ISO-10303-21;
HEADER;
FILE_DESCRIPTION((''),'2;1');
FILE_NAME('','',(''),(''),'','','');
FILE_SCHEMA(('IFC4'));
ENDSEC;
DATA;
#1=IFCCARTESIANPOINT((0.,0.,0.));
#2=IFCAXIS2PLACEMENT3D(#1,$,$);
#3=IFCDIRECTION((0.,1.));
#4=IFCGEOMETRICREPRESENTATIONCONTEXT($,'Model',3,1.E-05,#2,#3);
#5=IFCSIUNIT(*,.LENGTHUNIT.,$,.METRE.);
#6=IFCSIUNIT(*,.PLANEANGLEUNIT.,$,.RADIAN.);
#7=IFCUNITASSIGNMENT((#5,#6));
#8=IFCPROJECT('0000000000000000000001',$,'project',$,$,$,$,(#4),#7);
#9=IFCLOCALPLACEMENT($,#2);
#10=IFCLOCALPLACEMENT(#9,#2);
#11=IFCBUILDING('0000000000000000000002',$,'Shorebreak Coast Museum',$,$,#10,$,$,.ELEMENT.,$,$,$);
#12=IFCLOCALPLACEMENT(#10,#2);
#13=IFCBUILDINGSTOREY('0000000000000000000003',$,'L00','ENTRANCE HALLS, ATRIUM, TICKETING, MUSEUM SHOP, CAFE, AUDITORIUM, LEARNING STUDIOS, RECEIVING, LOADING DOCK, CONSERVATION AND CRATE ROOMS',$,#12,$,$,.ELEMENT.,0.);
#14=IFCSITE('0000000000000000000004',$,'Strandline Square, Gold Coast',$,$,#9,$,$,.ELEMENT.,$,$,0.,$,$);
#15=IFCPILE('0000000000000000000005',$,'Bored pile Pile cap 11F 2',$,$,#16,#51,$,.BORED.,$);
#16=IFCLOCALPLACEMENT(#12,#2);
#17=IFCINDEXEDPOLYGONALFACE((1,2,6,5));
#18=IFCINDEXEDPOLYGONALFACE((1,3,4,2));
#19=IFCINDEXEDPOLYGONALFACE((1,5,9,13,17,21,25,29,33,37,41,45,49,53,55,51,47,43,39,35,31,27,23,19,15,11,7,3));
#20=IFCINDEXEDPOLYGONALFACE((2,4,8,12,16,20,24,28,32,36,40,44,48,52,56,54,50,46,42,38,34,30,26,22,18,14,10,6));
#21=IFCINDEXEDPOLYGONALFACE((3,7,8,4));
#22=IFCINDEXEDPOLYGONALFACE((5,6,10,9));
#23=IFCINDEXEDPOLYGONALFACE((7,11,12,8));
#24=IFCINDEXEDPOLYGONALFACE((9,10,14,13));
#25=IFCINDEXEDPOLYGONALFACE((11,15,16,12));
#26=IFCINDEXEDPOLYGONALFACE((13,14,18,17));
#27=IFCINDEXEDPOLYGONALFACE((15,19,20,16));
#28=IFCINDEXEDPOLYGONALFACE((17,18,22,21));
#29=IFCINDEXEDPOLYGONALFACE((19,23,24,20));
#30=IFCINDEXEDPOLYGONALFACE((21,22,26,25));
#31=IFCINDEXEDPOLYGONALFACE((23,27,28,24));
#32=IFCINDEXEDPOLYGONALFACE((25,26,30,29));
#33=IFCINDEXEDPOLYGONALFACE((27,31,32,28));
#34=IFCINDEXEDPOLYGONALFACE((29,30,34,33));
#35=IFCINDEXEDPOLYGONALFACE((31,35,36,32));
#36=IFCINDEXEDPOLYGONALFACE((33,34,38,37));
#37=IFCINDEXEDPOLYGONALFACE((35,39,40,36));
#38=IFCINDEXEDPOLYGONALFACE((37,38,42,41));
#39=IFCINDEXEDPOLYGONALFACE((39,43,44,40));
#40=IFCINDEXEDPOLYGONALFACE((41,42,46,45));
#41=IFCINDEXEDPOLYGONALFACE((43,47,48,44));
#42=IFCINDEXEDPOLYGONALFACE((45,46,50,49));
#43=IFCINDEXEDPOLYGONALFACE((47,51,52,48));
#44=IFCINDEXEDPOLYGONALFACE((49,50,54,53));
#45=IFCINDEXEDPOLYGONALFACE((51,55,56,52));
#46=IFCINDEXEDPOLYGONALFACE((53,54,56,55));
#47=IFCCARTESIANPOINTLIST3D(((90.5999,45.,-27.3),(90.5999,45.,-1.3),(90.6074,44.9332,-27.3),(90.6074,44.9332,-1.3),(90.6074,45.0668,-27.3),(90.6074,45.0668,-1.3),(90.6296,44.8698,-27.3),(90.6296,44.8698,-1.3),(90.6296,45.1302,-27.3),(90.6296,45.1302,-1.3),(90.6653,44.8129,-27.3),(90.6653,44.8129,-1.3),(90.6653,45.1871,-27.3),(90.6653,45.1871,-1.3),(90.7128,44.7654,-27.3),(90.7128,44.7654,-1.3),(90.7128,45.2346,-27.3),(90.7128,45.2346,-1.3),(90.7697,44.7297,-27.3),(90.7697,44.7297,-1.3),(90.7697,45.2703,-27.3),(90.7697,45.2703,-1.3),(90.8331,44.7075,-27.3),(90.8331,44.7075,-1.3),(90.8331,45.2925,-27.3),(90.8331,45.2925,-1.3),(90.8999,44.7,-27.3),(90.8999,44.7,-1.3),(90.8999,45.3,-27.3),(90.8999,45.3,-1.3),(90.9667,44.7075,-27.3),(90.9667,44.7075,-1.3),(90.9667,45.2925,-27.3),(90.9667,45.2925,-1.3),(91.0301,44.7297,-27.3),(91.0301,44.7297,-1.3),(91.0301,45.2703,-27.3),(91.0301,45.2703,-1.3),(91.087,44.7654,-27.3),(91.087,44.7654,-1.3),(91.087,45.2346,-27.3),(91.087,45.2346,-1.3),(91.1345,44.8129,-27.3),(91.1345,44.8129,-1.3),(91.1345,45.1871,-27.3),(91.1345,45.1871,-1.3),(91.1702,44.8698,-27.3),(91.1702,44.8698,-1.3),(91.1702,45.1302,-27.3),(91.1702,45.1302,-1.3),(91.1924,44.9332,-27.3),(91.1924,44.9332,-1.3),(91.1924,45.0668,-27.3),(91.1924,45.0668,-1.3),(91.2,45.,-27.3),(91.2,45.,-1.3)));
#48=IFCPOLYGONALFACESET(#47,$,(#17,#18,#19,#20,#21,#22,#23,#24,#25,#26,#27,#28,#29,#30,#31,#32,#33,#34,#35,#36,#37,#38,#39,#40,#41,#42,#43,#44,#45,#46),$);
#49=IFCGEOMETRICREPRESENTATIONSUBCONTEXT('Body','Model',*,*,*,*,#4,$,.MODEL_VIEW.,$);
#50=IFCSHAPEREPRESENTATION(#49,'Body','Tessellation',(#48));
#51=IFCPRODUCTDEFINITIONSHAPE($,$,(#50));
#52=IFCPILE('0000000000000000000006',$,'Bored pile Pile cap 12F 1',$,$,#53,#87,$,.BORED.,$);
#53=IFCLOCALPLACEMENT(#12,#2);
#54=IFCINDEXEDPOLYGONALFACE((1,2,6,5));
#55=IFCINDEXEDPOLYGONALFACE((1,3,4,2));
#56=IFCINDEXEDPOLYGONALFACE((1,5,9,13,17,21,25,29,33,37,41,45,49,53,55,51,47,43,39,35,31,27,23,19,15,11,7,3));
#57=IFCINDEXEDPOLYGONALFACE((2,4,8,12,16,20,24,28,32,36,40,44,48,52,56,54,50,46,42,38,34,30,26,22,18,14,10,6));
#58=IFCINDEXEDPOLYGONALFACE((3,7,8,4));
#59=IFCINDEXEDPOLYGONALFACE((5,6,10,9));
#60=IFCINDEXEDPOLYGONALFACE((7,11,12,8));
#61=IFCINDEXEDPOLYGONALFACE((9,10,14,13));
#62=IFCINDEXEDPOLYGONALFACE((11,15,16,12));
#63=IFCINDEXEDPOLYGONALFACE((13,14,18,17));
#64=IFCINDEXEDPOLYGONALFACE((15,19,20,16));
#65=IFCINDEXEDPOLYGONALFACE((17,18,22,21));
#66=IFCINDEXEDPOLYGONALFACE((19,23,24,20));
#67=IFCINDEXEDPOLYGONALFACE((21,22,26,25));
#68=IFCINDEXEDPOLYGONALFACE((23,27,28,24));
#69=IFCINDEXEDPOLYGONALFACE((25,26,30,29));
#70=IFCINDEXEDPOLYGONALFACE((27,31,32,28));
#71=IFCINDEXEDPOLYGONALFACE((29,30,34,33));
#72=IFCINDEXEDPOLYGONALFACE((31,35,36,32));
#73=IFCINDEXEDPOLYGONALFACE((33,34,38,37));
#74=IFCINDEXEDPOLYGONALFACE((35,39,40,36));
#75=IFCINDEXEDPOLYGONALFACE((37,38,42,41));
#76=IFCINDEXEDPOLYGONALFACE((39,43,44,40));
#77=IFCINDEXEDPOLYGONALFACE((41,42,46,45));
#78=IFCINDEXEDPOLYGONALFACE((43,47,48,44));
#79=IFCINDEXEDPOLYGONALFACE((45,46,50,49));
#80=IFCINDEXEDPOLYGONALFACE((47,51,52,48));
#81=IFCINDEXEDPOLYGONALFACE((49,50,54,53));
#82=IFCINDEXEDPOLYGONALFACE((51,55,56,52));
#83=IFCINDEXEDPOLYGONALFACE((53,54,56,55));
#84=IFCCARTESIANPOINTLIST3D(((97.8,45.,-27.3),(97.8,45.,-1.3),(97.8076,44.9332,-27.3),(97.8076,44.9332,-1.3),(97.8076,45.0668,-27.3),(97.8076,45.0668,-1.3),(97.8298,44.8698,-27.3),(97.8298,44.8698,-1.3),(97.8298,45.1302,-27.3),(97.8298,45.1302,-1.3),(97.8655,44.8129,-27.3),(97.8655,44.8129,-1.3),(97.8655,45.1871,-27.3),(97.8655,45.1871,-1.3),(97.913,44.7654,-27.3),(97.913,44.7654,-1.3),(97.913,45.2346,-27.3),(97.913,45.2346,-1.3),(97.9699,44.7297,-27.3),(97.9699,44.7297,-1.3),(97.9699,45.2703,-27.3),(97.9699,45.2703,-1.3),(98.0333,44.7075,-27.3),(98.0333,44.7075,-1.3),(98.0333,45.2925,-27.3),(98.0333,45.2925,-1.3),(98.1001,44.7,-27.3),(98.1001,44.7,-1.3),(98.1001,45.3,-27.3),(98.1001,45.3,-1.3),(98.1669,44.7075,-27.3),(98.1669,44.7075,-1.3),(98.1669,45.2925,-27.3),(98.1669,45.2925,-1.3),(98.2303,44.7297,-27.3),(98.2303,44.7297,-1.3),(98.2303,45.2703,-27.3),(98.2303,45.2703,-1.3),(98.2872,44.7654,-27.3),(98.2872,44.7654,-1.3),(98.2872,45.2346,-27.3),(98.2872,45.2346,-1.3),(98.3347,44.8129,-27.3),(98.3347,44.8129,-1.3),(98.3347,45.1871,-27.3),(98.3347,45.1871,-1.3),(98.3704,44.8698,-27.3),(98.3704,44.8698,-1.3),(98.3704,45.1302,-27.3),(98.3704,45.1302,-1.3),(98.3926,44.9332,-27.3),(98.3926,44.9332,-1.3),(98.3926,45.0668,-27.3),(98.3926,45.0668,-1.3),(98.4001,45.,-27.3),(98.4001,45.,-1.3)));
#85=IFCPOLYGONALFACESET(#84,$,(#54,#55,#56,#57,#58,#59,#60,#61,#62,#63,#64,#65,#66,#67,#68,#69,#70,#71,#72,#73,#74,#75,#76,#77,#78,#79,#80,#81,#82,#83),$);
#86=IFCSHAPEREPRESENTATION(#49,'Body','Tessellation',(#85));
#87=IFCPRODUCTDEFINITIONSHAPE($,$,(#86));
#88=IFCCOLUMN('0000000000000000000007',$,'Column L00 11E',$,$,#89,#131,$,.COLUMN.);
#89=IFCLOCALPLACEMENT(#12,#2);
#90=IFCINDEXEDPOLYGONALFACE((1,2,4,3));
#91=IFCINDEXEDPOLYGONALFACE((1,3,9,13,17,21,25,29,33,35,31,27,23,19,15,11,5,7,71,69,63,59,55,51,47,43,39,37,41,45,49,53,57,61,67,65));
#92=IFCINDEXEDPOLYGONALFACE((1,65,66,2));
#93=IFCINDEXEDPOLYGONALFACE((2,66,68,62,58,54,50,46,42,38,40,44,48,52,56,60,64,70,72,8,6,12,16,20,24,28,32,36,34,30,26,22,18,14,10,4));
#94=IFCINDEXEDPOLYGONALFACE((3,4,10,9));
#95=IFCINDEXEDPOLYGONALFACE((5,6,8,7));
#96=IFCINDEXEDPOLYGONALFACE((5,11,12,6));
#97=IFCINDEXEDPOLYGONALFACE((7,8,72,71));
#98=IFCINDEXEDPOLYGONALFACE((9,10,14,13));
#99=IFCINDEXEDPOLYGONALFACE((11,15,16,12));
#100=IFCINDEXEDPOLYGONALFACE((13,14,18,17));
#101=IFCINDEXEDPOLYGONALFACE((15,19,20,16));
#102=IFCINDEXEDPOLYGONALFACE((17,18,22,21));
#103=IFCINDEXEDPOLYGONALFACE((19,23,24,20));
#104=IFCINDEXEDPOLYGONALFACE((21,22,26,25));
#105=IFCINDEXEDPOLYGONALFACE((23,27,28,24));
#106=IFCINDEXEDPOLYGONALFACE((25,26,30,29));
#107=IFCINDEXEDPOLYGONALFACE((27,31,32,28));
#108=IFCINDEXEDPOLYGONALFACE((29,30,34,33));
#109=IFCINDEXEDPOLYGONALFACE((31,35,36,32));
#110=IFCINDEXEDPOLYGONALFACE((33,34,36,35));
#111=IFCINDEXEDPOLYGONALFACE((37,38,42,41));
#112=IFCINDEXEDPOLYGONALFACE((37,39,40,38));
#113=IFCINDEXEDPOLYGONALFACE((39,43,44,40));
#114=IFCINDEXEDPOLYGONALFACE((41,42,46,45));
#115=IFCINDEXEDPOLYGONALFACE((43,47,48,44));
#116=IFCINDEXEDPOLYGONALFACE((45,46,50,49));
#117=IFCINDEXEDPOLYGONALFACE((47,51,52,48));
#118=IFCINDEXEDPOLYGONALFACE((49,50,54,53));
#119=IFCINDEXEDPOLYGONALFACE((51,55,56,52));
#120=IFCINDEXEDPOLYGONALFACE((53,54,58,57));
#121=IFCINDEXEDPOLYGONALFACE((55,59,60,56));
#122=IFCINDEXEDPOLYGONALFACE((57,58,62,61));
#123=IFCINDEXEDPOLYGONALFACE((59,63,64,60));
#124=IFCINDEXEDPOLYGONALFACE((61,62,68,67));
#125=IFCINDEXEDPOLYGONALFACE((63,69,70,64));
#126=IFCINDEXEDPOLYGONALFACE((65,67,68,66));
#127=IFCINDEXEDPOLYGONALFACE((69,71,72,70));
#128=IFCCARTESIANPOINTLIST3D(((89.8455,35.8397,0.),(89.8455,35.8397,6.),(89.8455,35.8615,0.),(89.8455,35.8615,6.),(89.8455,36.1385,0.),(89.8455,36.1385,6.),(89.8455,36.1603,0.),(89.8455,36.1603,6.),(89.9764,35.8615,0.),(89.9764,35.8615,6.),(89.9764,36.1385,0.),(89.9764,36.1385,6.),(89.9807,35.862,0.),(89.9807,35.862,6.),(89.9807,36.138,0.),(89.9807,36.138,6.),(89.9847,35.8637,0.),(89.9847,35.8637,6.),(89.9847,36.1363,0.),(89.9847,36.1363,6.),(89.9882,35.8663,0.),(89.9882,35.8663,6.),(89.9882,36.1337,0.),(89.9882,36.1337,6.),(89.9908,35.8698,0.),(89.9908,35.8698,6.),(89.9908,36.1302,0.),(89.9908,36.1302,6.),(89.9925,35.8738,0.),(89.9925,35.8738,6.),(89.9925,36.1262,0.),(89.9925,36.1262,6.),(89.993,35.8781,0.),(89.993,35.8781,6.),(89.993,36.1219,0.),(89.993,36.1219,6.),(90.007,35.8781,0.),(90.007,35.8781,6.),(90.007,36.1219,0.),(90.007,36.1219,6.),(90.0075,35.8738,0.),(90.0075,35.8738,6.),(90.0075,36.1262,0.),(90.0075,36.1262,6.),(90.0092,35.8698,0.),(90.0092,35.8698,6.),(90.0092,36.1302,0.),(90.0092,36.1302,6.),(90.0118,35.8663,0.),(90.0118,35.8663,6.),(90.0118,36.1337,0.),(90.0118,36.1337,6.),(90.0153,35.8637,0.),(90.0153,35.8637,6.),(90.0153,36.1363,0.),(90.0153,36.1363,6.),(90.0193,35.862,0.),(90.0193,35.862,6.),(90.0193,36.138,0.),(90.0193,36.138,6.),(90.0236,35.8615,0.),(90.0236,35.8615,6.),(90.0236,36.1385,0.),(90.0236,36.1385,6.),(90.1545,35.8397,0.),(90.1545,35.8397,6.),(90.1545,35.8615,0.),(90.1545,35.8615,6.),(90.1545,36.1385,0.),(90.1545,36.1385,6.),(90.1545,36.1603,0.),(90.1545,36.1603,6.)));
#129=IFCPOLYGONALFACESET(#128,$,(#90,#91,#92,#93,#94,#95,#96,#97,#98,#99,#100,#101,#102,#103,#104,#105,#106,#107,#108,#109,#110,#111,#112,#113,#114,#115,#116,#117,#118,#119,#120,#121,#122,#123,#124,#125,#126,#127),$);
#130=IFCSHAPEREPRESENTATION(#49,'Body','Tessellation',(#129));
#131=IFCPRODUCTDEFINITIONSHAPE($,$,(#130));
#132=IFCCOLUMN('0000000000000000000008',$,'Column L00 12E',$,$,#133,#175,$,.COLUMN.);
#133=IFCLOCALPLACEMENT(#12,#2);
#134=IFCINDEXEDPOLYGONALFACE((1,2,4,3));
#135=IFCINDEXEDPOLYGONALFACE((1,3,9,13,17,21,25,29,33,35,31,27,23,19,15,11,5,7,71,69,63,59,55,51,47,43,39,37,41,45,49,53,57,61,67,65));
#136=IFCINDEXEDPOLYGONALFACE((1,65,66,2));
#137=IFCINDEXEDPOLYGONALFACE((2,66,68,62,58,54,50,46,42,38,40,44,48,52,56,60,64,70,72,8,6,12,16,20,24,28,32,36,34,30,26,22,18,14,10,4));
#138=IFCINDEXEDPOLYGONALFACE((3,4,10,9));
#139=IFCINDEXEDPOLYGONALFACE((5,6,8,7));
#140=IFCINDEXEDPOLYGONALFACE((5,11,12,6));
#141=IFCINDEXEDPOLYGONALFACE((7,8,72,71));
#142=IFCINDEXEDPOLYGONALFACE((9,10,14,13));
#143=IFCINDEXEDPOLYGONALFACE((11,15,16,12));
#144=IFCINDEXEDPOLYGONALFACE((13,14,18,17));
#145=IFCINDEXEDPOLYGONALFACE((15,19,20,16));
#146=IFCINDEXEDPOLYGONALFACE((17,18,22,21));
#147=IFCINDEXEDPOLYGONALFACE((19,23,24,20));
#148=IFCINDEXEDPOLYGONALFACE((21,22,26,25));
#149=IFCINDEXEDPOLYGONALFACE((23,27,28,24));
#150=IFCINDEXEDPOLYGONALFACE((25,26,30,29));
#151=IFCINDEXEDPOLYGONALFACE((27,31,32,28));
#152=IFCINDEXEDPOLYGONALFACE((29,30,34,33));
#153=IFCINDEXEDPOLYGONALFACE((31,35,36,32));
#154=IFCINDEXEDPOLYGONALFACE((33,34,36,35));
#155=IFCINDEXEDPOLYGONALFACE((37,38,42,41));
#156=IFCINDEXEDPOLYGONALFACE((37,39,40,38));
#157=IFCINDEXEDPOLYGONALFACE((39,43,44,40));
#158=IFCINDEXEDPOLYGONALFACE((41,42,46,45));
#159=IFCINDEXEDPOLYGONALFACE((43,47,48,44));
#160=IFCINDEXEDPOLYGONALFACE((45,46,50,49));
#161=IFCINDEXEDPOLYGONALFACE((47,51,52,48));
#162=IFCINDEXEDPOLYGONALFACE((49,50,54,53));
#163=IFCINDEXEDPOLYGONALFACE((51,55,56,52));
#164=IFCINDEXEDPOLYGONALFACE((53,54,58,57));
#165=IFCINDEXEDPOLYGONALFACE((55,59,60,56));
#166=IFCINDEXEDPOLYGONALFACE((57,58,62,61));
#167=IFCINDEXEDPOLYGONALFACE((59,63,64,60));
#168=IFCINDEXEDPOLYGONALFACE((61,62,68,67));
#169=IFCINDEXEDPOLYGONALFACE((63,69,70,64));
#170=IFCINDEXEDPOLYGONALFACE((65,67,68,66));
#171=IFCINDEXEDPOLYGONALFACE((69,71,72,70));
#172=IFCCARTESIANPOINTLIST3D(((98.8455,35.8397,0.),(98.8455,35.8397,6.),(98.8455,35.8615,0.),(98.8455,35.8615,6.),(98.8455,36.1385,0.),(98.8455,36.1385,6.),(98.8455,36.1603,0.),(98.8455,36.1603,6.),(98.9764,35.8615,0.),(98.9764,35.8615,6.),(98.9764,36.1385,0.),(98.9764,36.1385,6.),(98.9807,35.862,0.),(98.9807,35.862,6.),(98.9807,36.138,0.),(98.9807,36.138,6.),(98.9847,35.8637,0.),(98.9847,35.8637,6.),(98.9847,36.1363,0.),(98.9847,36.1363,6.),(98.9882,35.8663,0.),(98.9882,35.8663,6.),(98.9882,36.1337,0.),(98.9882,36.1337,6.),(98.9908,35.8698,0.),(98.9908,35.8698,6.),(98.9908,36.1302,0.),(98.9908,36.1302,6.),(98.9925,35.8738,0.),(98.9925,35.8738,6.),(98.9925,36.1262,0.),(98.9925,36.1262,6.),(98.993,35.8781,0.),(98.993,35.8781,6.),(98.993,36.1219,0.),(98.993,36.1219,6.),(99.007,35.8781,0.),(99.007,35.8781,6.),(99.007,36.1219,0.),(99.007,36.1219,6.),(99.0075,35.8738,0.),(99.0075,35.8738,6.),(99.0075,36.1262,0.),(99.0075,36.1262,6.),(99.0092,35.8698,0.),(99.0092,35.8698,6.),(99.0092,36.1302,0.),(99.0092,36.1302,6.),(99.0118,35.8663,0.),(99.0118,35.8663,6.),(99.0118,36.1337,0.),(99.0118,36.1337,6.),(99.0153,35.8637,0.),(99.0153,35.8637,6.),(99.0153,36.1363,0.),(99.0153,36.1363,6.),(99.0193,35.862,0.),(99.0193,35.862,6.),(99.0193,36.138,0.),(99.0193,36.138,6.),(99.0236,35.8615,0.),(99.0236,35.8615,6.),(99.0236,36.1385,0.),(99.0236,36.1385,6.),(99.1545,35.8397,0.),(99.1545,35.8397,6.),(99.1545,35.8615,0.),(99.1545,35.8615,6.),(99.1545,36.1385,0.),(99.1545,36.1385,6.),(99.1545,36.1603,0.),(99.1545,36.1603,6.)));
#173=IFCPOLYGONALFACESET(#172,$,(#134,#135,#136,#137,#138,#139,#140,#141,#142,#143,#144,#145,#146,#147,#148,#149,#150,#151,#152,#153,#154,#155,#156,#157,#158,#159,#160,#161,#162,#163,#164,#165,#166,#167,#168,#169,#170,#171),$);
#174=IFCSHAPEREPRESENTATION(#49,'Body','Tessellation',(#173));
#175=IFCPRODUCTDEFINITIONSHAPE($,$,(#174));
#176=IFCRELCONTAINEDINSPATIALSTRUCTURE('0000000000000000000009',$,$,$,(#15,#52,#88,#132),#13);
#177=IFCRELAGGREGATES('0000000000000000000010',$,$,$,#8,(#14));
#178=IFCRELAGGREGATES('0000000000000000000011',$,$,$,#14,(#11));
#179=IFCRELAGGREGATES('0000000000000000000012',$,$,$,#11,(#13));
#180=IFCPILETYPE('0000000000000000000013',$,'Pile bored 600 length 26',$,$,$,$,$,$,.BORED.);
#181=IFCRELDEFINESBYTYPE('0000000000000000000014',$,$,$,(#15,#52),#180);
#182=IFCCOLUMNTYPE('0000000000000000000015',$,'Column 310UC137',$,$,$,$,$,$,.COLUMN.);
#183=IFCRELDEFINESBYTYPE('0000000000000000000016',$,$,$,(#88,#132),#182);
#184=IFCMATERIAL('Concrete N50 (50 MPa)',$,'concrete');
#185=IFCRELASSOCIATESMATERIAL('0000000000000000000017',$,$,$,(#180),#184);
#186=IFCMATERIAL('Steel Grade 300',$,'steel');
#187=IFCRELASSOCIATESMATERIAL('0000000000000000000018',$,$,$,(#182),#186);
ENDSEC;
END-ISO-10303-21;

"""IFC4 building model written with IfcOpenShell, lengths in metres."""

from ifc_helpers import new_model, si_unit, direction, frame, origin, origin_2d, place, context, subcontext, project, spatial, circle, i_section, extrude, material, material_profile, profile_set, type_object, element, save


model = new_model("IFC4")

# Units and contexts
model_context = context("Model", 3, precision=1e-05, world=origin(), true_north=direction((0.0, 1.0)))
body_context = subcontext(model_context, "Body", "Model", "MODEL_VIEW")
ifc_project = project(units=[si_unit("LENGTHUNIT", "METRE"), si_unit("PLANEANGLEUNIT", "RADIAN")], contexts=[model_context])

# Site, building, storey
site_placement = place(None, origin())
site = spatial("IfcSite", under=ifc_project, at=site_placement, Name="Strandline Square, Gold Coast", CompositionType="ELEMENT", RefElevation=0.0)
building_placement = place(site_placement, origin())
building = spatial("IfcBuilding", under=site, at=building_placement, Name="Shorebreak Coast Museum", CompositionType="ELEMENT")
storey_placement = place(building_placement, origin())
storey = spatial("IfcBuildingStorey", under=building, at=storey_placement, Name="L00", Description="ENTRANCE HALLS, ATRIUM, TICKETING, MUSEUM SHOP, CAFE, AUDITORIUM, LEARNING STUDIOS, RECEIVING, LOADING DOCK, CONSERVATION AND CRATE ROOMS", CompositionType="ELEMENT", Elevation=0.0)

# Piles
ifc_material_1 = material(Name="Concrete N50 (50 MPa)", Category="concrete")
ifc_material_profile_1 = material_profile(ifc_material_1, circle(Radius=0.3, at=origin_2d()), Name="Pile bored 600 length 26")
ifc_profile_set_1 = profile_set([ifc_material_profile_1], Name="Concrete N50 (50 MPa)")
pile_type = type_object("IfcPileType", Name="Pile bored 600 length 26", PredefinedType="BORED", material=ifc_profile_set_1)
for number, where, z_axis, x_axis, name in (
    (1, (90.8999, 45.0, -1.3), (0.0, 0.0, -1.0), (1.0, 0.0, 0.0), "Bored pile Pile cap 11F 2"),
    (2, (98.1001, 45.0, -1.3), (0.0, 0.0, -1.0), (1.0, 0.0, 0.0), "Bored pile Pile cap 12F 1"),
):
    element("IfcPile", number, at=place(storey_placement, frame(where, z_axis=z_axis, x_axis=x_axis)), inside=storey, type_object=pile_type, Name=name, PredefinedType="BORED", context=body_context, shape_type="SweptSolid", body=[
        extrude(circle(Radius=0.3, at=origin_2d()), origin(), (0.0, 0.0, 1.0), 26.0),
    ])

# Columns
ifc_material_2 = material(Name="Steel Grade 300", Category="steel")
ifc_material_profile_2 = material_profile(ifc_material_2, i_section(OverallWidth=0.3091, OverallDepth=0.3206, WebThickness=0.0139, FlangeThickness=0.0217, FilletRadius=0.0166, at=origin_2d()), Name="310UC137")
ifc_profile_set_2 = profile_set([ifc_material_profile_2], Name="Steel Grade 300")
column_type = type_object("IfcColumnType", Name="Column 310UC137", PredefinedType="COLUMN", material=ifc_profile_set_2)
for number, where, z_axis, x_axis, name in (
    (3, (90.0, 36.0, 0.0), (0.0, 0.0, 1.0), (1.0, 0.0, 0.0), "Column L00 11E"),
    (4, (99.0, 36.0, 0.0), (0.0, 0.0, 1.0), (1.0, 0.0, 0.0), "Column L00 12E"),
):
    element("IfcColumn", number, at=place(storey_placement, frame(where, z_axis=z_axis, x_axis=x_axis)), inside=storey, type_object=column_type, Name=name, PredefinedType="COLUMN", context=body_context, shape_type="SweptSolid", body=[
        extrude(i_section(OverallWidth=0.3091, OverallDepth=0.3206, WebThickness=0.0139, FlangeThickness=0.0217, FilletRadius=0.0166, at=origin_2d()), origin(), (0.0, 0.0, 1.0), 6.0),
    ])

save(model, "model.ifc")
